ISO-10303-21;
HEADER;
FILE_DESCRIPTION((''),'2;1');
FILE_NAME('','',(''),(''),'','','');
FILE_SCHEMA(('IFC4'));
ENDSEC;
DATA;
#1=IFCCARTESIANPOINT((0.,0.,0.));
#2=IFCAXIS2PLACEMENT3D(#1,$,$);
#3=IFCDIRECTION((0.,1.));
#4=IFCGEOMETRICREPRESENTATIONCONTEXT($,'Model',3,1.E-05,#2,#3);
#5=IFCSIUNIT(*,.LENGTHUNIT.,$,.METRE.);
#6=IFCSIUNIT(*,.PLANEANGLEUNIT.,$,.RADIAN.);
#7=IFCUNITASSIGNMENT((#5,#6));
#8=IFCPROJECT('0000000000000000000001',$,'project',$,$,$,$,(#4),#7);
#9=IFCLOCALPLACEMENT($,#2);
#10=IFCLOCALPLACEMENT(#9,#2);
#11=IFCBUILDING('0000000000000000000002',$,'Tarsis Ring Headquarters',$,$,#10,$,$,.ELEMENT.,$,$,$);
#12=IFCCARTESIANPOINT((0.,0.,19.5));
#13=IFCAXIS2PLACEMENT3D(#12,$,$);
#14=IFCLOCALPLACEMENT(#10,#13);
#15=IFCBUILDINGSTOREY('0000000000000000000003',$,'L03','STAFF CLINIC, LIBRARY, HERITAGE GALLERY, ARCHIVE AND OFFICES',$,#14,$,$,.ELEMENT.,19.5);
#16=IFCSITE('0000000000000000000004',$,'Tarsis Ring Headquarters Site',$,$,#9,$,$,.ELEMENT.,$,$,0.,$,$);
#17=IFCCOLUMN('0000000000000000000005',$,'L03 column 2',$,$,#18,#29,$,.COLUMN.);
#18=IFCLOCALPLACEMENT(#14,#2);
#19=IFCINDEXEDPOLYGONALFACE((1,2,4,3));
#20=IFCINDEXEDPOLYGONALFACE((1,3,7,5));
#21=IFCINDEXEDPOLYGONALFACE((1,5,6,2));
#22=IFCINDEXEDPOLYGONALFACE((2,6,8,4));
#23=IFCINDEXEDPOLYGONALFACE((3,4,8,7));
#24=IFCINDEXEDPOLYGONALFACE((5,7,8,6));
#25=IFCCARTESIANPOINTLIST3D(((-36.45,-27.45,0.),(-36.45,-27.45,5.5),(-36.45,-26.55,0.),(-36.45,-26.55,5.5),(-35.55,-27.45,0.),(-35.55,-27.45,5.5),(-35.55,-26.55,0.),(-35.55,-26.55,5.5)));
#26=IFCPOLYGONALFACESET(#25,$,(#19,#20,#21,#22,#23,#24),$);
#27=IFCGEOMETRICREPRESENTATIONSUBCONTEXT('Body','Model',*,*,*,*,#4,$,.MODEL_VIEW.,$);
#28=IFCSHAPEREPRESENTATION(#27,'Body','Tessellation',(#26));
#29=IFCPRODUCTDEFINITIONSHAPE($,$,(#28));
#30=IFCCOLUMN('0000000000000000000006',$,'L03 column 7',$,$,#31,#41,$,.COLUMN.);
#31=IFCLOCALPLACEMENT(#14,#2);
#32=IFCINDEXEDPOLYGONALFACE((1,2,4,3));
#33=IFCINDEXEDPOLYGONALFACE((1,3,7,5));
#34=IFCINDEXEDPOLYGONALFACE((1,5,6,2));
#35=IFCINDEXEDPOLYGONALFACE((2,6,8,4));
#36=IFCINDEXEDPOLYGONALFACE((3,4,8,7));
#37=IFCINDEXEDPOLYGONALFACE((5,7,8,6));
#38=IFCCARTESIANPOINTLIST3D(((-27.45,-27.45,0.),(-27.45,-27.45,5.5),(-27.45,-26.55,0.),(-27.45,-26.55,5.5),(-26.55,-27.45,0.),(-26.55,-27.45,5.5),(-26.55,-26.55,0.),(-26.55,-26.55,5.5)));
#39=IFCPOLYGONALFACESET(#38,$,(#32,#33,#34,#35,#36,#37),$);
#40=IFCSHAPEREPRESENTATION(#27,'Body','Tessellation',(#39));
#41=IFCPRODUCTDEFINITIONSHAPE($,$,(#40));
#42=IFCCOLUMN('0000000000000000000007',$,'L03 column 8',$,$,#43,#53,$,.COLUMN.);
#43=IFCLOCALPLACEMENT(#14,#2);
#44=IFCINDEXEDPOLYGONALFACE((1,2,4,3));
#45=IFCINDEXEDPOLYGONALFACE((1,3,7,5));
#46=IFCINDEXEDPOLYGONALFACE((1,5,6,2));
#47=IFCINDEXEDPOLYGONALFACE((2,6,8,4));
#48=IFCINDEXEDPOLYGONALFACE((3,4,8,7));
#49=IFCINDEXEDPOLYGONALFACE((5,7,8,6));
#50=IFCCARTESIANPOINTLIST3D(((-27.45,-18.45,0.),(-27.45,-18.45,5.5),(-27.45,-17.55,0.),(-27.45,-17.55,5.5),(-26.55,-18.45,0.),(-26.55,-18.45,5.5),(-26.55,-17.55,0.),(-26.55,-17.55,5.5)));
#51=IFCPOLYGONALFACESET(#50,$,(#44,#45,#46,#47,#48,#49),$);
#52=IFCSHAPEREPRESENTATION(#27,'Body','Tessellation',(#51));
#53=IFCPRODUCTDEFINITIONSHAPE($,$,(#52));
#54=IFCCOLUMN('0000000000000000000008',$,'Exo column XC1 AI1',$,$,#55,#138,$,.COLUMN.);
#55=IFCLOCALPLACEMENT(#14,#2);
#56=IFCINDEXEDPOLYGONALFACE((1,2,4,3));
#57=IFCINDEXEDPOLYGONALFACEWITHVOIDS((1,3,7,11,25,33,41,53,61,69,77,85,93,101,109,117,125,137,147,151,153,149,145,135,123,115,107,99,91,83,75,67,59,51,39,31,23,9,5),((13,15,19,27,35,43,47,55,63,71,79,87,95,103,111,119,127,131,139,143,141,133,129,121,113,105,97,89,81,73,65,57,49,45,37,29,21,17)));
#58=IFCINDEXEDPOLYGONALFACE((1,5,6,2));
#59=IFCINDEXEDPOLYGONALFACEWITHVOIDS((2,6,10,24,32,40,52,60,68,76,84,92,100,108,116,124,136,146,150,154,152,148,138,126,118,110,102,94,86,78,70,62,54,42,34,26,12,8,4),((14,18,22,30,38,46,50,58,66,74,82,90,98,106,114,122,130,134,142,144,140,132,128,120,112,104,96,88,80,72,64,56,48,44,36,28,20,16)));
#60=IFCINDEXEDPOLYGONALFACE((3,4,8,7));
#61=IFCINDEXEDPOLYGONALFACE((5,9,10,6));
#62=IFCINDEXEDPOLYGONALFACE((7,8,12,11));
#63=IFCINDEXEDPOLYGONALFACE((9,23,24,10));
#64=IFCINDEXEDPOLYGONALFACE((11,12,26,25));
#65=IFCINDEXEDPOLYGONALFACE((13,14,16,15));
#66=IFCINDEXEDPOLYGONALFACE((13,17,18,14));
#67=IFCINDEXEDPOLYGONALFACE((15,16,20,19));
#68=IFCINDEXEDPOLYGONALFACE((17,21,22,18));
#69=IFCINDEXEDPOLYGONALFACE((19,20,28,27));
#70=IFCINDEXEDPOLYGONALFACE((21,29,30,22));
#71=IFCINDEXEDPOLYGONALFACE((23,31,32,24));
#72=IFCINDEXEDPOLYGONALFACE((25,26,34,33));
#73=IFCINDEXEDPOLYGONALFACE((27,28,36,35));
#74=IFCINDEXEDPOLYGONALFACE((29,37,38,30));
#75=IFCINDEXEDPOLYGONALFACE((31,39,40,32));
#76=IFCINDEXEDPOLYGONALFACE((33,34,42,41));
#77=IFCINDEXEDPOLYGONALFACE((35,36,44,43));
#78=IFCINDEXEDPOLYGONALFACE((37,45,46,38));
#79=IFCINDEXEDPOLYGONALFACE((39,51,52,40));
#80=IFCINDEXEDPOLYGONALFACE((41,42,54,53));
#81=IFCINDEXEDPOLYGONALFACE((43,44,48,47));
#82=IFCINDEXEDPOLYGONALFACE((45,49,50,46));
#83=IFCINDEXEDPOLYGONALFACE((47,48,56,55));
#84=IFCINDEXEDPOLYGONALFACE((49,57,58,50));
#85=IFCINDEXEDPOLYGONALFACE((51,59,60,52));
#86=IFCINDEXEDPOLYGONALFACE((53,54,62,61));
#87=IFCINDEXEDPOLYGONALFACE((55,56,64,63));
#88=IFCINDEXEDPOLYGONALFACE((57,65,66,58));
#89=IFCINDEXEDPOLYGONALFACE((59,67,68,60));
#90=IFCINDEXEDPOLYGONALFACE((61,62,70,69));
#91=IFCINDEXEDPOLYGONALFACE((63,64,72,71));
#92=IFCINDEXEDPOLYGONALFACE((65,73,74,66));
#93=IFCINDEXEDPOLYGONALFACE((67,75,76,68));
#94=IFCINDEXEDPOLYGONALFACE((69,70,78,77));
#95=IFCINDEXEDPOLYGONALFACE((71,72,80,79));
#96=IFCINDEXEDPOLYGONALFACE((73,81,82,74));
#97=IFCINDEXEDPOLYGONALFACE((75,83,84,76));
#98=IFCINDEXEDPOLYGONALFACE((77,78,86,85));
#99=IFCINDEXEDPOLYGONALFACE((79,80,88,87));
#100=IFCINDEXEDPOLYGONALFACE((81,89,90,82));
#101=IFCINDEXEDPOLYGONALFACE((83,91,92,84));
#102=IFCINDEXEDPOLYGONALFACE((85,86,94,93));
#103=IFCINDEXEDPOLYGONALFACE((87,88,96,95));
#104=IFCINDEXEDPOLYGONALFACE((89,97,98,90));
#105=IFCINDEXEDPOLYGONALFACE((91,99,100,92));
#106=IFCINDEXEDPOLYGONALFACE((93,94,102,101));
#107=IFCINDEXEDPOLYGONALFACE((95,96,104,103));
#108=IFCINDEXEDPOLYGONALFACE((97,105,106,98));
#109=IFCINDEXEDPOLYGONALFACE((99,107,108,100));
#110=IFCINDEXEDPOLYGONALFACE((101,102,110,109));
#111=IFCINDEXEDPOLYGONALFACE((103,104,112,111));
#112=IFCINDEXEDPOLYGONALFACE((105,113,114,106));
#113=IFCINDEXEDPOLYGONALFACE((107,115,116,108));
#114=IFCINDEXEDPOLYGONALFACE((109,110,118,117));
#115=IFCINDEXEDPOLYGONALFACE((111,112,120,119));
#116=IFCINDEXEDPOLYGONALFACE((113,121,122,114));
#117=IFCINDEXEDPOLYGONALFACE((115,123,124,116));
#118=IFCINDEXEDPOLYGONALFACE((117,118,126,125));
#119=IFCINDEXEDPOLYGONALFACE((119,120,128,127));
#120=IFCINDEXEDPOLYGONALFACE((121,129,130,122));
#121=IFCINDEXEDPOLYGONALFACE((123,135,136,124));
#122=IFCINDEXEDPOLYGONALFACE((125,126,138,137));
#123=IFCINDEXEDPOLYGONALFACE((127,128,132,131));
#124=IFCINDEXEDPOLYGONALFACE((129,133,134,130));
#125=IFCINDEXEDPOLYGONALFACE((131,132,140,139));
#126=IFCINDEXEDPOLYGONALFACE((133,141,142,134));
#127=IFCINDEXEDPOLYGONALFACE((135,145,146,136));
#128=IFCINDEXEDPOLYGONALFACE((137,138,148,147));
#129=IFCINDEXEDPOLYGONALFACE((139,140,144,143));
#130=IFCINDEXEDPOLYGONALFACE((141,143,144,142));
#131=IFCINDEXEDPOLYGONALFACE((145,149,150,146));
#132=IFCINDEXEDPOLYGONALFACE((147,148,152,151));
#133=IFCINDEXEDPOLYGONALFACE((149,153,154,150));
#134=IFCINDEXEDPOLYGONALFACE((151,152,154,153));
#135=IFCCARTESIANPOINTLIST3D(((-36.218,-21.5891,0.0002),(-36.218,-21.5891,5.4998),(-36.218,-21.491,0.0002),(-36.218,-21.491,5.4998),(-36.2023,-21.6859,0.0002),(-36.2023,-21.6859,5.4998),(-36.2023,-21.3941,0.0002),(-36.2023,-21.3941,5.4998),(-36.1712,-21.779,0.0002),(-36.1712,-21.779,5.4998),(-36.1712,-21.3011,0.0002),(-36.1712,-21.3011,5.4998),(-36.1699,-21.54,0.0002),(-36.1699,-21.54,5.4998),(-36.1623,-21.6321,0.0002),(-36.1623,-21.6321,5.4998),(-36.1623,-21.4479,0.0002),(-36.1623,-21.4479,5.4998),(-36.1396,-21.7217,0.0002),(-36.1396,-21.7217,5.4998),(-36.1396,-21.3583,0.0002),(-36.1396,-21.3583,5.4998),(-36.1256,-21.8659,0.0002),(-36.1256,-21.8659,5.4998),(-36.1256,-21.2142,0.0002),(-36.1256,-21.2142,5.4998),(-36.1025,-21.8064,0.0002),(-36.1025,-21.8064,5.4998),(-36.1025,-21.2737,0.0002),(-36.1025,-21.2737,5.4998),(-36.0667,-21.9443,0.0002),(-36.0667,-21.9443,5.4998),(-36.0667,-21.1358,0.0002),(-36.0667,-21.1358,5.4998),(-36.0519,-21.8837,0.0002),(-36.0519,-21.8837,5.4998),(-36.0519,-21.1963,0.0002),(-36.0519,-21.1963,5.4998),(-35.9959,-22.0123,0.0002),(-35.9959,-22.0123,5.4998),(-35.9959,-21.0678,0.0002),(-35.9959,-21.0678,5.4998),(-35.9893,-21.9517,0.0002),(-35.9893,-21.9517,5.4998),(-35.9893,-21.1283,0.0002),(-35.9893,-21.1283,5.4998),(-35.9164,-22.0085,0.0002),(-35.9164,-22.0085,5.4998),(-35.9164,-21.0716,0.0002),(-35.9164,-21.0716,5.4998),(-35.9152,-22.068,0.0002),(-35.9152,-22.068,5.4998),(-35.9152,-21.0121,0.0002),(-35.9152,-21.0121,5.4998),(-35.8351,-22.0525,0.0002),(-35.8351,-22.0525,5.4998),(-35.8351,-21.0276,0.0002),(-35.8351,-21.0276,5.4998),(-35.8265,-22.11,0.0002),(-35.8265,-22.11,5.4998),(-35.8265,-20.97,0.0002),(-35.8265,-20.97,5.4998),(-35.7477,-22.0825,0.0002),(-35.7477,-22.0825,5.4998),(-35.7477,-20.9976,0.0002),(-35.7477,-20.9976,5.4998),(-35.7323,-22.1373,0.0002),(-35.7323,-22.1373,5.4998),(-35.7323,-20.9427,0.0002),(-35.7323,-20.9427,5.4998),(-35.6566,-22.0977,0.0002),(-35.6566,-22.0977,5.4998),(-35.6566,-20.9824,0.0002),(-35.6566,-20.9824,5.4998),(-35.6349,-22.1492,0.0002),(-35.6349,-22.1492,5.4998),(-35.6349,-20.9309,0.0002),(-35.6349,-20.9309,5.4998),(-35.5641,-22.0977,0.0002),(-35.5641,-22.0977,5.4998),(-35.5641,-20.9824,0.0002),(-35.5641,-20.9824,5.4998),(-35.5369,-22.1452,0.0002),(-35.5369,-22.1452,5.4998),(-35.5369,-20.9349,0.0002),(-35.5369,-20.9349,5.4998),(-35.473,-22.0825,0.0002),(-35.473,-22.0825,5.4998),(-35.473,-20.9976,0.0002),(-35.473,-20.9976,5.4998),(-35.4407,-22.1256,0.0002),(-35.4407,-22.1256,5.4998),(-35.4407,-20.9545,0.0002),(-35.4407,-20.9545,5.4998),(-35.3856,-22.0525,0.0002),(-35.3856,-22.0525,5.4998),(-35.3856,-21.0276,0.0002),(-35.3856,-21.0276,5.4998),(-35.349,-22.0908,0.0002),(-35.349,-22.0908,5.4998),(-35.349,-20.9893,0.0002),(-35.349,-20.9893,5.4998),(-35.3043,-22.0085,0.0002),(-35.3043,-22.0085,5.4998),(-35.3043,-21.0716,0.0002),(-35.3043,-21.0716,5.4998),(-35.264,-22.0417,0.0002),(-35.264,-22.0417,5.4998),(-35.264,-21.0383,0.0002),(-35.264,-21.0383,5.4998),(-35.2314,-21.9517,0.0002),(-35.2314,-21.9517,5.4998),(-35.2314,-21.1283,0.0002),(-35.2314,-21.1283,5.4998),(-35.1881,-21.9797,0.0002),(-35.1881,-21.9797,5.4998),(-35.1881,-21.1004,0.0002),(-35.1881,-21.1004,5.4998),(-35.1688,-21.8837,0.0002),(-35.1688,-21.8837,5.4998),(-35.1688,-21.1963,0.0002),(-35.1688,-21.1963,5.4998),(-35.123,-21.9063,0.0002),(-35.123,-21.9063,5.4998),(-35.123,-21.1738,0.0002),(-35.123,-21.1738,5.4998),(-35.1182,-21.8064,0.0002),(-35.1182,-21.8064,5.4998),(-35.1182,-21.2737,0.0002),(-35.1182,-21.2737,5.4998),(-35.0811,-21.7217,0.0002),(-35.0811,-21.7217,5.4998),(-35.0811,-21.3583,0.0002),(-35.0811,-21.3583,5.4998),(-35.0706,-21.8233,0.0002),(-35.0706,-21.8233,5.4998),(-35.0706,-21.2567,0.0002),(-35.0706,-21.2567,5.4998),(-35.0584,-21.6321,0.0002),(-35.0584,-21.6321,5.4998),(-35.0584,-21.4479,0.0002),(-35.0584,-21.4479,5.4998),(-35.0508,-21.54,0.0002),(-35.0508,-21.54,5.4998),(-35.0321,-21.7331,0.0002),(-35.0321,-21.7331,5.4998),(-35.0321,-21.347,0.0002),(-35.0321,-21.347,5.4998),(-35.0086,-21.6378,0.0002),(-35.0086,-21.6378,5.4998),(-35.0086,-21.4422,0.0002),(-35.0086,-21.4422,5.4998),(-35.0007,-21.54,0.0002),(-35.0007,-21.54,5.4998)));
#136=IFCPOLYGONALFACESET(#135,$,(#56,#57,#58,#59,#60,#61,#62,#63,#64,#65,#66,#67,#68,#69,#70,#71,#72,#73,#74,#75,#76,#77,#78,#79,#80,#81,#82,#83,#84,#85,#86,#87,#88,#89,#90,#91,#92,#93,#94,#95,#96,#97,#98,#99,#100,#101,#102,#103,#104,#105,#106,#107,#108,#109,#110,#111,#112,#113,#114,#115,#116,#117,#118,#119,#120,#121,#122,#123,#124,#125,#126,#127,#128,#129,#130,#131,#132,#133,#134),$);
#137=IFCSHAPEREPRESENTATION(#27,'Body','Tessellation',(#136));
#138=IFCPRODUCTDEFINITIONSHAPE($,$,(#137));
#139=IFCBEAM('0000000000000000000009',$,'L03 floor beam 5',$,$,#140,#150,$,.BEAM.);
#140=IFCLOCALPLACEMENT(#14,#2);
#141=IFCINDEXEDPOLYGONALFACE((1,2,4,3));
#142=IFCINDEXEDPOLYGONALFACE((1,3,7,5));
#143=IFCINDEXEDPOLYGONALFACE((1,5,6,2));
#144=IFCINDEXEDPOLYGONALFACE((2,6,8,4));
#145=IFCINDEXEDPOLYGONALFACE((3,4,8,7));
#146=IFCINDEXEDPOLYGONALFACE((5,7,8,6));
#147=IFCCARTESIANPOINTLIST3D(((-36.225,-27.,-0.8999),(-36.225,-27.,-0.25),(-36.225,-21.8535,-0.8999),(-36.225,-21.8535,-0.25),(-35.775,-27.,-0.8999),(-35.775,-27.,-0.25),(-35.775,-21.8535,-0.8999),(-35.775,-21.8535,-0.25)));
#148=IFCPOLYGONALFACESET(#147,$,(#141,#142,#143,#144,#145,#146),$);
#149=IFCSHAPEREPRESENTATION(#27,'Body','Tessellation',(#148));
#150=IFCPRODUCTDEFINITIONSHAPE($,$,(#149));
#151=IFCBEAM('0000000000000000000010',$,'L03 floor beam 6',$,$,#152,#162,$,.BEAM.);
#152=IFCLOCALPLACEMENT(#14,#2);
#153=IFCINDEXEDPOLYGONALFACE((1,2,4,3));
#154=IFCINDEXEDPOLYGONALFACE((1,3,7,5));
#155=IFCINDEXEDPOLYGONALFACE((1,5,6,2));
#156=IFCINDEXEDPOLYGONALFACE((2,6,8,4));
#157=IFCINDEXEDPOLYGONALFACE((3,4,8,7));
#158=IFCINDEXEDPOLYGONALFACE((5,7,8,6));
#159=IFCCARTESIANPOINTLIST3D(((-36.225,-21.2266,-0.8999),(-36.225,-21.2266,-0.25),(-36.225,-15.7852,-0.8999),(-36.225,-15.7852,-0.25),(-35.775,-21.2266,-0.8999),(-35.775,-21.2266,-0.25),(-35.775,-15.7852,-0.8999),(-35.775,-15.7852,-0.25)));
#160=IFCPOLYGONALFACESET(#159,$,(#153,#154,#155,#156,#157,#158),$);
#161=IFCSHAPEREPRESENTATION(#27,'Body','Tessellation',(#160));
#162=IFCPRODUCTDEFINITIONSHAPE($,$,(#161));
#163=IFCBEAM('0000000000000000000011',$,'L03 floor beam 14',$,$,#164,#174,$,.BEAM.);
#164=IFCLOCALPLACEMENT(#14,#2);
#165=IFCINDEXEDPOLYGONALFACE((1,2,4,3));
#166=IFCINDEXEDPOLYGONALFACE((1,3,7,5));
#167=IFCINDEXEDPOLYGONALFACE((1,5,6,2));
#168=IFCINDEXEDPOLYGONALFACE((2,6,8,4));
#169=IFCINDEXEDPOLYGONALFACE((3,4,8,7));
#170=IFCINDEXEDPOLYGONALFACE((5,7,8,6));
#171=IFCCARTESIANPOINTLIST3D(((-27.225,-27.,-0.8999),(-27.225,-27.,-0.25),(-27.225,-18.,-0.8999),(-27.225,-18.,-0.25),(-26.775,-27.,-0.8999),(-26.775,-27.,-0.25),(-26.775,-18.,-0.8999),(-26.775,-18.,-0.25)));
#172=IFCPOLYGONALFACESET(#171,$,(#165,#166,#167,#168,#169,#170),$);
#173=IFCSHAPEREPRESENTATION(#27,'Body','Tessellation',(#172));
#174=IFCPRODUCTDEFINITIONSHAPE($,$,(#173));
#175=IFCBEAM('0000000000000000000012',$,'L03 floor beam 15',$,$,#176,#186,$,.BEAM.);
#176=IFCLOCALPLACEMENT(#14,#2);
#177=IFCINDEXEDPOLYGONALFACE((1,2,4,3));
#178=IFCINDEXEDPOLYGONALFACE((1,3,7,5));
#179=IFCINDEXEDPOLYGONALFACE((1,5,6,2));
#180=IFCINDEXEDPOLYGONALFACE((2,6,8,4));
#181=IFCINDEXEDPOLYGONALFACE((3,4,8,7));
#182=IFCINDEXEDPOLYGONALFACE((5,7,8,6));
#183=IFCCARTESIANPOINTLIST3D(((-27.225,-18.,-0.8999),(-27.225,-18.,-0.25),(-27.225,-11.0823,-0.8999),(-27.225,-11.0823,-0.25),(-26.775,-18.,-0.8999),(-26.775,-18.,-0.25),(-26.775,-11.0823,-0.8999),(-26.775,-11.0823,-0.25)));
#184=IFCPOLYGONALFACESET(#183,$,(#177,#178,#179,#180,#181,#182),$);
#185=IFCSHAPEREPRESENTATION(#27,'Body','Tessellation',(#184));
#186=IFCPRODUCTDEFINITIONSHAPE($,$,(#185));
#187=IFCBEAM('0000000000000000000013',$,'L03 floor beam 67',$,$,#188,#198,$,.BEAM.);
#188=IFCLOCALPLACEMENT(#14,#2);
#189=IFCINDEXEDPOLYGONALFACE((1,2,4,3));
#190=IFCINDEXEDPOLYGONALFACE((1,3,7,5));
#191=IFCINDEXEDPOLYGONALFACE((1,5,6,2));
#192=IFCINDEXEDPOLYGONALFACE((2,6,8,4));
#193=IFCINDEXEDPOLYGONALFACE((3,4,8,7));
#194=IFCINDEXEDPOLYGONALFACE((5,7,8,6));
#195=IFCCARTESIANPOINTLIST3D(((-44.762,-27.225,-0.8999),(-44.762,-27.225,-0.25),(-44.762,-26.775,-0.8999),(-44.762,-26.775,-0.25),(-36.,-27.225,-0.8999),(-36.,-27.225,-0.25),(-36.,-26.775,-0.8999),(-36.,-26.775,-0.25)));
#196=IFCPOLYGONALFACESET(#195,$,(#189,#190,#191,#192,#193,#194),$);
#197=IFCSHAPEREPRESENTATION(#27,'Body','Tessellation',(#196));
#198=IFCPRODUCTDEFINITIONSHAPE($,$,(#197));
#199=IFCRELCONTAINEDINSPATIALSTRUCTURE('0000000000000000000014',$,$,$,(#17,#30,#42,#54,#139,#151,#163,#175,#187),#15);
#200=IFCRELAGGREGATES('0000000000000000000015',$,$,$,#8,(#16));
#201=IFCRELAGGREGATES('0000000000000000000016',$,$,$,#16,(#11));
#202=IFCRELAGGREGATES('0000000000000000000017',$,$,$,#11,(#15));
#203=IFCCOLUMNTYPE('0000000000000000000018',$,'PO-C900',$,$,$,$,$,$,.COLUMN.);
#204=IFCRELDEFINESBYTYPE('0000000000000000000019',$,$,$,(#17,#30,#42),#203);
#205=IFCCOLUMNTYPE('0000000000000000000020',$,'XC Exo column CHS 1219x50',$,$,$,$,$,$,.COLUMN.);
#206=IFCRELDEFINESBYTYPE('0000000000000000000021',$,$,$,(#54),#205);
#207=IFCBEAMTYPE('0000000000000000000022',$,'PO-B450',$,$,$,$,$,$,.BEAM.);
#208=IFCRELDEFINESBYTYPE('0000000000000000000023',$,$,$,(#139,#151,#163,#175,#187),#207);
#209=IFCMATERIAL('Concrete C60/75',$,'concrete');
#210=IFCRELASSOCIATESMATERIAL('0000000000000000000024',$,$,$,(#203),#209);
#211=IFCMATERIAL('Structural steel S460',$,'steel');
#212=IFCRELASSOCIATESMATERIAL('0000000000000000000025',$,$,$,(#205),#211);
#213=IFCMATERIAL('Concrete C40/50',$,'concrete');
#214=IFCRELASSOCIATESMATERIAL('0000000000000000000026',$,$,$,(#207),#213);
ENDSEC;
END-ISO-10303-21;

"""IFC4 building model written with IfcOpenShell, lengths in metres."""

from ifc_helpers import new_model, si_unit, direction, frame, origin, origin_2d, place, context, subcontext, project, spatial, rectangle, hollow_circle, extrude, material, material_profile, profile_set, type_object, element, save


model = new_model("IFC4")

# Units and contexts
model_context = context("Model", 3, precision=1e-05, world=origin(), true_north=direction((0.0, 1.0)))
body_context = subcontext(model_context, "Body", "Model", "MODEL_VIEW")
ifc_project = project(units=[si_unit("LENGTHUNIT", "METRE"), si_unit("PLANEANGLEUNIT", "RADIAN")], contexts=[model_context])

# Site, building, storey
site_placement = place(None, origin())
site = spatial("IfcSite", under=ifc_project, at=site_placement, Name="Tarsis Ring Headquarters Site", CompositionType="ELEMENT", RefElevation=0.0)
building_placement = place(site_placement, origin())
building = spatial("IfcBuilding", under=site, at=building_placement, Name="Tarsis Ring Headquarters", CompositionType="ELEMENT")
storey_placement = place(building_placement, frame((0.0, 0.0, 19.5)))
storey = spatial("IfcBuildingStorey", under=building, at=storey_placement, Name="L03", Description="STAFF CLINIC, LIBRARY, HERITAGE GALLERY, ARCHIVE AND OFFICES", CompositionType="ELEMENT", Elevation=19.5)

# Columns
ifc_material_1 = material(Name="Concrete C60/75", Category="concrete")
ifc_material_profile_1 = material_profile(ifc_material_1, rectangle(XDim=0.8999, YDim=0.8999, at=origin_2d()), Name="PO-C900")
ifc_profile_set_1 = profile_set([ifc_material_profile_1], Name="Concrete C60/75")
column_type_1 = type_object("IfcColumnType", Name="PO-C900", PredefinedType="COLUMN", material=ifc_profile_set_1)
for number, where, z_axis, x_axis, name in (
    (1, (-36.0, -27.0, 0.0), (0.0, 0.0, 1.0), (1.0, 0.0, 0.0), "L03 column 2"),
    (2, (-27.0, -27.0, 0.0), (0.0, 0.0, 1.0), (1.0, 0.0, 0.0), "L03 column 7"),
    (3, (-27.0, -18.0, 0.0), (0.0, 0.0, 1.0), (1.0, 0.0, 0.0), "L03 column 8"),
):
    element("IfcColumn", number, at=place(storey_placement, frame(where, z_axis=z_axis, x_axis=x_axis)), inside=storey, type_object=column_type_1, Name=name, PredefinedType="COLUMN", context=body_context, shape_type="SweptSolid", body=[
        extrude(rectangle(XDim=0.8999, YDim=0.8999, at=origin_2d()), origin(), (0.0, 0.0, 1.0), 5.5),
    ])
ifc_material_2 = material(Name="Structural steel S460", Category="steel")
ifc_material_profile_2 = material_profile(ifc_material_2, hollow_circle(Radius=0.6096, WallThickness=0.05, at=origin_2d()), Name="CHS 1219x50")
ifc_profile_set_2 = profile_set([ifc_material_profile_2], Name="Structural steel S460")
column_type_2 = type_object("IfcColumnType", Name="XC Exo column CHS 1219x50", PredefinedType="COLUMN", material=ifc_profile_set_2)
column_placement = place(storey_placement, frame((-35.6104, -21.54, 0.0002), z_axis=(0.0, 0.0, 1.0), x_axis=(1.0, 0.0, 0.0)))
element("IfcColumn", 4, at=column_placement, inside=storey, type_object=column_type_2, Name="Exo column XC1 AI1", PredefinedType="COLUMN", context=body_context, shape_type="SweptSolid", body=[
    extrude(hollow_circle(Radius=0.6096, WallThickness=0.05, at=origin_2d()), origin(), (0.0, 0.0, 1.0), 5.4995),
])

# Beams
ifc_material_3 = material(Name="Concrete C40/50", Category="concrete")
ifc_material_profile_3 = material_profile(ifc_material_3, rectangle(XDim=0.45, YDim=0.6499, at=origin_2d()), Name="PO-B450")
ifc_profile_set_3 = profile_set([ifc_material_profile_3], Name="Concrete C40/50")
beam_type_1 = type_object("IfcBeamType", Name="PO-B450", PredefinedType="BEAM", material=ifc_profile_set_3)
beam_1_placement = place(storey_placement, frame((-36.0, -27.0, -0.575), z_axis=(0.0, 1.0, 0.0), x_axis=(-1.0, 0.0, 0.0)))
element("IfcBeam", 5, at=beam_1_placement, inside=storey, type_object=beam_type_1, Name="L03 floor beam 5", PredefinedType="BEAM", context=body_context, shape_type="SweptSolid", body=[
    extrude(rectangle(XDim=0.45, YDim=0.6499, at=origin_2d()), origin(), (0.0, 0.0, 1.0), 5.1465),
])
beam_2_placement = place(storey_placement, frame((-36.0, -21.2266, -0.575), z_axis=(0.0, 1.0, 0.0), x_axis=(-1.0, 0.0, 0.0)))
element("IfcBeam", 6, at=beam_2_placement, inside=storey, type_object=beam_type_1, Name="L03 floor beam 6", PredefinedType="BEAM", context=body_context, shape_type="SweptSolid", body=[
    extrude(rectangle(XDim=0.45, YDim=0.6499, at=origin_2d()), origin(), (0.0, 0.0, 1.0), 5.4414),
])
beam_3_placement = place(storey_placement, frame((-27.0, -27.0, -0.575), z_axis=(0.0, 1.0, 0.0), x_axis=(-1.0, 0.0, 0.0)))
element("IfcBeam", 7, at=beam_3_placement, inside=storey, type_object=beam_type_1, Name="L03 floor beam 14", PredefinedType="BEAM", context=body_context, shape_type="SweptSolid", body=[
    extrude(rectangle(XDim=0.45, YDim=0.6499, at=origin_2d()), origin(), (0.0, 0.0, 1.0), 9.0),
])
beam_4_placement = place(storey_placement, frame((-27.0, -18.0, -0.575), z_axis=(0.0, 1.0, 0.0), x_axis=(-1.0, 0.0, 0.0)))
element("IfcBeam", 8, at=beam_4_placement, inside=storey, type_object=beam_type_1, Name="L03 floor beam 15", PredefinedType="BEAM", context=body_context, shape_type="SweptSolid", body=[
    extrude(rectangle(XDim=0.45, YDim=0.6499, at=origin_2d()), origin(), (0.0, 0.0, 1.0), 6.9177),
])
beam_5_placement = place(storey_placement, frame((-44.762, -27.0, -0.575), z_axis=(1.0, 0.0, 0.0), x_axis=(0.0, 1.0, 0.0)))
element("IfcBeam", 9, at=beam_5_placement, inside=storey, type_object=beam_type_1, Name="L03 floor beam 67", PredefinedType="BEAM", context=body_context, shape_type="SweptSolid", body=[
    extrude(rectangle(XDim=0.45, YDim=0.6499, at=origin_2d()), origin(), (0.0, 0.0, 1.0), 8.762),
])

save(model, "model.ifc")
